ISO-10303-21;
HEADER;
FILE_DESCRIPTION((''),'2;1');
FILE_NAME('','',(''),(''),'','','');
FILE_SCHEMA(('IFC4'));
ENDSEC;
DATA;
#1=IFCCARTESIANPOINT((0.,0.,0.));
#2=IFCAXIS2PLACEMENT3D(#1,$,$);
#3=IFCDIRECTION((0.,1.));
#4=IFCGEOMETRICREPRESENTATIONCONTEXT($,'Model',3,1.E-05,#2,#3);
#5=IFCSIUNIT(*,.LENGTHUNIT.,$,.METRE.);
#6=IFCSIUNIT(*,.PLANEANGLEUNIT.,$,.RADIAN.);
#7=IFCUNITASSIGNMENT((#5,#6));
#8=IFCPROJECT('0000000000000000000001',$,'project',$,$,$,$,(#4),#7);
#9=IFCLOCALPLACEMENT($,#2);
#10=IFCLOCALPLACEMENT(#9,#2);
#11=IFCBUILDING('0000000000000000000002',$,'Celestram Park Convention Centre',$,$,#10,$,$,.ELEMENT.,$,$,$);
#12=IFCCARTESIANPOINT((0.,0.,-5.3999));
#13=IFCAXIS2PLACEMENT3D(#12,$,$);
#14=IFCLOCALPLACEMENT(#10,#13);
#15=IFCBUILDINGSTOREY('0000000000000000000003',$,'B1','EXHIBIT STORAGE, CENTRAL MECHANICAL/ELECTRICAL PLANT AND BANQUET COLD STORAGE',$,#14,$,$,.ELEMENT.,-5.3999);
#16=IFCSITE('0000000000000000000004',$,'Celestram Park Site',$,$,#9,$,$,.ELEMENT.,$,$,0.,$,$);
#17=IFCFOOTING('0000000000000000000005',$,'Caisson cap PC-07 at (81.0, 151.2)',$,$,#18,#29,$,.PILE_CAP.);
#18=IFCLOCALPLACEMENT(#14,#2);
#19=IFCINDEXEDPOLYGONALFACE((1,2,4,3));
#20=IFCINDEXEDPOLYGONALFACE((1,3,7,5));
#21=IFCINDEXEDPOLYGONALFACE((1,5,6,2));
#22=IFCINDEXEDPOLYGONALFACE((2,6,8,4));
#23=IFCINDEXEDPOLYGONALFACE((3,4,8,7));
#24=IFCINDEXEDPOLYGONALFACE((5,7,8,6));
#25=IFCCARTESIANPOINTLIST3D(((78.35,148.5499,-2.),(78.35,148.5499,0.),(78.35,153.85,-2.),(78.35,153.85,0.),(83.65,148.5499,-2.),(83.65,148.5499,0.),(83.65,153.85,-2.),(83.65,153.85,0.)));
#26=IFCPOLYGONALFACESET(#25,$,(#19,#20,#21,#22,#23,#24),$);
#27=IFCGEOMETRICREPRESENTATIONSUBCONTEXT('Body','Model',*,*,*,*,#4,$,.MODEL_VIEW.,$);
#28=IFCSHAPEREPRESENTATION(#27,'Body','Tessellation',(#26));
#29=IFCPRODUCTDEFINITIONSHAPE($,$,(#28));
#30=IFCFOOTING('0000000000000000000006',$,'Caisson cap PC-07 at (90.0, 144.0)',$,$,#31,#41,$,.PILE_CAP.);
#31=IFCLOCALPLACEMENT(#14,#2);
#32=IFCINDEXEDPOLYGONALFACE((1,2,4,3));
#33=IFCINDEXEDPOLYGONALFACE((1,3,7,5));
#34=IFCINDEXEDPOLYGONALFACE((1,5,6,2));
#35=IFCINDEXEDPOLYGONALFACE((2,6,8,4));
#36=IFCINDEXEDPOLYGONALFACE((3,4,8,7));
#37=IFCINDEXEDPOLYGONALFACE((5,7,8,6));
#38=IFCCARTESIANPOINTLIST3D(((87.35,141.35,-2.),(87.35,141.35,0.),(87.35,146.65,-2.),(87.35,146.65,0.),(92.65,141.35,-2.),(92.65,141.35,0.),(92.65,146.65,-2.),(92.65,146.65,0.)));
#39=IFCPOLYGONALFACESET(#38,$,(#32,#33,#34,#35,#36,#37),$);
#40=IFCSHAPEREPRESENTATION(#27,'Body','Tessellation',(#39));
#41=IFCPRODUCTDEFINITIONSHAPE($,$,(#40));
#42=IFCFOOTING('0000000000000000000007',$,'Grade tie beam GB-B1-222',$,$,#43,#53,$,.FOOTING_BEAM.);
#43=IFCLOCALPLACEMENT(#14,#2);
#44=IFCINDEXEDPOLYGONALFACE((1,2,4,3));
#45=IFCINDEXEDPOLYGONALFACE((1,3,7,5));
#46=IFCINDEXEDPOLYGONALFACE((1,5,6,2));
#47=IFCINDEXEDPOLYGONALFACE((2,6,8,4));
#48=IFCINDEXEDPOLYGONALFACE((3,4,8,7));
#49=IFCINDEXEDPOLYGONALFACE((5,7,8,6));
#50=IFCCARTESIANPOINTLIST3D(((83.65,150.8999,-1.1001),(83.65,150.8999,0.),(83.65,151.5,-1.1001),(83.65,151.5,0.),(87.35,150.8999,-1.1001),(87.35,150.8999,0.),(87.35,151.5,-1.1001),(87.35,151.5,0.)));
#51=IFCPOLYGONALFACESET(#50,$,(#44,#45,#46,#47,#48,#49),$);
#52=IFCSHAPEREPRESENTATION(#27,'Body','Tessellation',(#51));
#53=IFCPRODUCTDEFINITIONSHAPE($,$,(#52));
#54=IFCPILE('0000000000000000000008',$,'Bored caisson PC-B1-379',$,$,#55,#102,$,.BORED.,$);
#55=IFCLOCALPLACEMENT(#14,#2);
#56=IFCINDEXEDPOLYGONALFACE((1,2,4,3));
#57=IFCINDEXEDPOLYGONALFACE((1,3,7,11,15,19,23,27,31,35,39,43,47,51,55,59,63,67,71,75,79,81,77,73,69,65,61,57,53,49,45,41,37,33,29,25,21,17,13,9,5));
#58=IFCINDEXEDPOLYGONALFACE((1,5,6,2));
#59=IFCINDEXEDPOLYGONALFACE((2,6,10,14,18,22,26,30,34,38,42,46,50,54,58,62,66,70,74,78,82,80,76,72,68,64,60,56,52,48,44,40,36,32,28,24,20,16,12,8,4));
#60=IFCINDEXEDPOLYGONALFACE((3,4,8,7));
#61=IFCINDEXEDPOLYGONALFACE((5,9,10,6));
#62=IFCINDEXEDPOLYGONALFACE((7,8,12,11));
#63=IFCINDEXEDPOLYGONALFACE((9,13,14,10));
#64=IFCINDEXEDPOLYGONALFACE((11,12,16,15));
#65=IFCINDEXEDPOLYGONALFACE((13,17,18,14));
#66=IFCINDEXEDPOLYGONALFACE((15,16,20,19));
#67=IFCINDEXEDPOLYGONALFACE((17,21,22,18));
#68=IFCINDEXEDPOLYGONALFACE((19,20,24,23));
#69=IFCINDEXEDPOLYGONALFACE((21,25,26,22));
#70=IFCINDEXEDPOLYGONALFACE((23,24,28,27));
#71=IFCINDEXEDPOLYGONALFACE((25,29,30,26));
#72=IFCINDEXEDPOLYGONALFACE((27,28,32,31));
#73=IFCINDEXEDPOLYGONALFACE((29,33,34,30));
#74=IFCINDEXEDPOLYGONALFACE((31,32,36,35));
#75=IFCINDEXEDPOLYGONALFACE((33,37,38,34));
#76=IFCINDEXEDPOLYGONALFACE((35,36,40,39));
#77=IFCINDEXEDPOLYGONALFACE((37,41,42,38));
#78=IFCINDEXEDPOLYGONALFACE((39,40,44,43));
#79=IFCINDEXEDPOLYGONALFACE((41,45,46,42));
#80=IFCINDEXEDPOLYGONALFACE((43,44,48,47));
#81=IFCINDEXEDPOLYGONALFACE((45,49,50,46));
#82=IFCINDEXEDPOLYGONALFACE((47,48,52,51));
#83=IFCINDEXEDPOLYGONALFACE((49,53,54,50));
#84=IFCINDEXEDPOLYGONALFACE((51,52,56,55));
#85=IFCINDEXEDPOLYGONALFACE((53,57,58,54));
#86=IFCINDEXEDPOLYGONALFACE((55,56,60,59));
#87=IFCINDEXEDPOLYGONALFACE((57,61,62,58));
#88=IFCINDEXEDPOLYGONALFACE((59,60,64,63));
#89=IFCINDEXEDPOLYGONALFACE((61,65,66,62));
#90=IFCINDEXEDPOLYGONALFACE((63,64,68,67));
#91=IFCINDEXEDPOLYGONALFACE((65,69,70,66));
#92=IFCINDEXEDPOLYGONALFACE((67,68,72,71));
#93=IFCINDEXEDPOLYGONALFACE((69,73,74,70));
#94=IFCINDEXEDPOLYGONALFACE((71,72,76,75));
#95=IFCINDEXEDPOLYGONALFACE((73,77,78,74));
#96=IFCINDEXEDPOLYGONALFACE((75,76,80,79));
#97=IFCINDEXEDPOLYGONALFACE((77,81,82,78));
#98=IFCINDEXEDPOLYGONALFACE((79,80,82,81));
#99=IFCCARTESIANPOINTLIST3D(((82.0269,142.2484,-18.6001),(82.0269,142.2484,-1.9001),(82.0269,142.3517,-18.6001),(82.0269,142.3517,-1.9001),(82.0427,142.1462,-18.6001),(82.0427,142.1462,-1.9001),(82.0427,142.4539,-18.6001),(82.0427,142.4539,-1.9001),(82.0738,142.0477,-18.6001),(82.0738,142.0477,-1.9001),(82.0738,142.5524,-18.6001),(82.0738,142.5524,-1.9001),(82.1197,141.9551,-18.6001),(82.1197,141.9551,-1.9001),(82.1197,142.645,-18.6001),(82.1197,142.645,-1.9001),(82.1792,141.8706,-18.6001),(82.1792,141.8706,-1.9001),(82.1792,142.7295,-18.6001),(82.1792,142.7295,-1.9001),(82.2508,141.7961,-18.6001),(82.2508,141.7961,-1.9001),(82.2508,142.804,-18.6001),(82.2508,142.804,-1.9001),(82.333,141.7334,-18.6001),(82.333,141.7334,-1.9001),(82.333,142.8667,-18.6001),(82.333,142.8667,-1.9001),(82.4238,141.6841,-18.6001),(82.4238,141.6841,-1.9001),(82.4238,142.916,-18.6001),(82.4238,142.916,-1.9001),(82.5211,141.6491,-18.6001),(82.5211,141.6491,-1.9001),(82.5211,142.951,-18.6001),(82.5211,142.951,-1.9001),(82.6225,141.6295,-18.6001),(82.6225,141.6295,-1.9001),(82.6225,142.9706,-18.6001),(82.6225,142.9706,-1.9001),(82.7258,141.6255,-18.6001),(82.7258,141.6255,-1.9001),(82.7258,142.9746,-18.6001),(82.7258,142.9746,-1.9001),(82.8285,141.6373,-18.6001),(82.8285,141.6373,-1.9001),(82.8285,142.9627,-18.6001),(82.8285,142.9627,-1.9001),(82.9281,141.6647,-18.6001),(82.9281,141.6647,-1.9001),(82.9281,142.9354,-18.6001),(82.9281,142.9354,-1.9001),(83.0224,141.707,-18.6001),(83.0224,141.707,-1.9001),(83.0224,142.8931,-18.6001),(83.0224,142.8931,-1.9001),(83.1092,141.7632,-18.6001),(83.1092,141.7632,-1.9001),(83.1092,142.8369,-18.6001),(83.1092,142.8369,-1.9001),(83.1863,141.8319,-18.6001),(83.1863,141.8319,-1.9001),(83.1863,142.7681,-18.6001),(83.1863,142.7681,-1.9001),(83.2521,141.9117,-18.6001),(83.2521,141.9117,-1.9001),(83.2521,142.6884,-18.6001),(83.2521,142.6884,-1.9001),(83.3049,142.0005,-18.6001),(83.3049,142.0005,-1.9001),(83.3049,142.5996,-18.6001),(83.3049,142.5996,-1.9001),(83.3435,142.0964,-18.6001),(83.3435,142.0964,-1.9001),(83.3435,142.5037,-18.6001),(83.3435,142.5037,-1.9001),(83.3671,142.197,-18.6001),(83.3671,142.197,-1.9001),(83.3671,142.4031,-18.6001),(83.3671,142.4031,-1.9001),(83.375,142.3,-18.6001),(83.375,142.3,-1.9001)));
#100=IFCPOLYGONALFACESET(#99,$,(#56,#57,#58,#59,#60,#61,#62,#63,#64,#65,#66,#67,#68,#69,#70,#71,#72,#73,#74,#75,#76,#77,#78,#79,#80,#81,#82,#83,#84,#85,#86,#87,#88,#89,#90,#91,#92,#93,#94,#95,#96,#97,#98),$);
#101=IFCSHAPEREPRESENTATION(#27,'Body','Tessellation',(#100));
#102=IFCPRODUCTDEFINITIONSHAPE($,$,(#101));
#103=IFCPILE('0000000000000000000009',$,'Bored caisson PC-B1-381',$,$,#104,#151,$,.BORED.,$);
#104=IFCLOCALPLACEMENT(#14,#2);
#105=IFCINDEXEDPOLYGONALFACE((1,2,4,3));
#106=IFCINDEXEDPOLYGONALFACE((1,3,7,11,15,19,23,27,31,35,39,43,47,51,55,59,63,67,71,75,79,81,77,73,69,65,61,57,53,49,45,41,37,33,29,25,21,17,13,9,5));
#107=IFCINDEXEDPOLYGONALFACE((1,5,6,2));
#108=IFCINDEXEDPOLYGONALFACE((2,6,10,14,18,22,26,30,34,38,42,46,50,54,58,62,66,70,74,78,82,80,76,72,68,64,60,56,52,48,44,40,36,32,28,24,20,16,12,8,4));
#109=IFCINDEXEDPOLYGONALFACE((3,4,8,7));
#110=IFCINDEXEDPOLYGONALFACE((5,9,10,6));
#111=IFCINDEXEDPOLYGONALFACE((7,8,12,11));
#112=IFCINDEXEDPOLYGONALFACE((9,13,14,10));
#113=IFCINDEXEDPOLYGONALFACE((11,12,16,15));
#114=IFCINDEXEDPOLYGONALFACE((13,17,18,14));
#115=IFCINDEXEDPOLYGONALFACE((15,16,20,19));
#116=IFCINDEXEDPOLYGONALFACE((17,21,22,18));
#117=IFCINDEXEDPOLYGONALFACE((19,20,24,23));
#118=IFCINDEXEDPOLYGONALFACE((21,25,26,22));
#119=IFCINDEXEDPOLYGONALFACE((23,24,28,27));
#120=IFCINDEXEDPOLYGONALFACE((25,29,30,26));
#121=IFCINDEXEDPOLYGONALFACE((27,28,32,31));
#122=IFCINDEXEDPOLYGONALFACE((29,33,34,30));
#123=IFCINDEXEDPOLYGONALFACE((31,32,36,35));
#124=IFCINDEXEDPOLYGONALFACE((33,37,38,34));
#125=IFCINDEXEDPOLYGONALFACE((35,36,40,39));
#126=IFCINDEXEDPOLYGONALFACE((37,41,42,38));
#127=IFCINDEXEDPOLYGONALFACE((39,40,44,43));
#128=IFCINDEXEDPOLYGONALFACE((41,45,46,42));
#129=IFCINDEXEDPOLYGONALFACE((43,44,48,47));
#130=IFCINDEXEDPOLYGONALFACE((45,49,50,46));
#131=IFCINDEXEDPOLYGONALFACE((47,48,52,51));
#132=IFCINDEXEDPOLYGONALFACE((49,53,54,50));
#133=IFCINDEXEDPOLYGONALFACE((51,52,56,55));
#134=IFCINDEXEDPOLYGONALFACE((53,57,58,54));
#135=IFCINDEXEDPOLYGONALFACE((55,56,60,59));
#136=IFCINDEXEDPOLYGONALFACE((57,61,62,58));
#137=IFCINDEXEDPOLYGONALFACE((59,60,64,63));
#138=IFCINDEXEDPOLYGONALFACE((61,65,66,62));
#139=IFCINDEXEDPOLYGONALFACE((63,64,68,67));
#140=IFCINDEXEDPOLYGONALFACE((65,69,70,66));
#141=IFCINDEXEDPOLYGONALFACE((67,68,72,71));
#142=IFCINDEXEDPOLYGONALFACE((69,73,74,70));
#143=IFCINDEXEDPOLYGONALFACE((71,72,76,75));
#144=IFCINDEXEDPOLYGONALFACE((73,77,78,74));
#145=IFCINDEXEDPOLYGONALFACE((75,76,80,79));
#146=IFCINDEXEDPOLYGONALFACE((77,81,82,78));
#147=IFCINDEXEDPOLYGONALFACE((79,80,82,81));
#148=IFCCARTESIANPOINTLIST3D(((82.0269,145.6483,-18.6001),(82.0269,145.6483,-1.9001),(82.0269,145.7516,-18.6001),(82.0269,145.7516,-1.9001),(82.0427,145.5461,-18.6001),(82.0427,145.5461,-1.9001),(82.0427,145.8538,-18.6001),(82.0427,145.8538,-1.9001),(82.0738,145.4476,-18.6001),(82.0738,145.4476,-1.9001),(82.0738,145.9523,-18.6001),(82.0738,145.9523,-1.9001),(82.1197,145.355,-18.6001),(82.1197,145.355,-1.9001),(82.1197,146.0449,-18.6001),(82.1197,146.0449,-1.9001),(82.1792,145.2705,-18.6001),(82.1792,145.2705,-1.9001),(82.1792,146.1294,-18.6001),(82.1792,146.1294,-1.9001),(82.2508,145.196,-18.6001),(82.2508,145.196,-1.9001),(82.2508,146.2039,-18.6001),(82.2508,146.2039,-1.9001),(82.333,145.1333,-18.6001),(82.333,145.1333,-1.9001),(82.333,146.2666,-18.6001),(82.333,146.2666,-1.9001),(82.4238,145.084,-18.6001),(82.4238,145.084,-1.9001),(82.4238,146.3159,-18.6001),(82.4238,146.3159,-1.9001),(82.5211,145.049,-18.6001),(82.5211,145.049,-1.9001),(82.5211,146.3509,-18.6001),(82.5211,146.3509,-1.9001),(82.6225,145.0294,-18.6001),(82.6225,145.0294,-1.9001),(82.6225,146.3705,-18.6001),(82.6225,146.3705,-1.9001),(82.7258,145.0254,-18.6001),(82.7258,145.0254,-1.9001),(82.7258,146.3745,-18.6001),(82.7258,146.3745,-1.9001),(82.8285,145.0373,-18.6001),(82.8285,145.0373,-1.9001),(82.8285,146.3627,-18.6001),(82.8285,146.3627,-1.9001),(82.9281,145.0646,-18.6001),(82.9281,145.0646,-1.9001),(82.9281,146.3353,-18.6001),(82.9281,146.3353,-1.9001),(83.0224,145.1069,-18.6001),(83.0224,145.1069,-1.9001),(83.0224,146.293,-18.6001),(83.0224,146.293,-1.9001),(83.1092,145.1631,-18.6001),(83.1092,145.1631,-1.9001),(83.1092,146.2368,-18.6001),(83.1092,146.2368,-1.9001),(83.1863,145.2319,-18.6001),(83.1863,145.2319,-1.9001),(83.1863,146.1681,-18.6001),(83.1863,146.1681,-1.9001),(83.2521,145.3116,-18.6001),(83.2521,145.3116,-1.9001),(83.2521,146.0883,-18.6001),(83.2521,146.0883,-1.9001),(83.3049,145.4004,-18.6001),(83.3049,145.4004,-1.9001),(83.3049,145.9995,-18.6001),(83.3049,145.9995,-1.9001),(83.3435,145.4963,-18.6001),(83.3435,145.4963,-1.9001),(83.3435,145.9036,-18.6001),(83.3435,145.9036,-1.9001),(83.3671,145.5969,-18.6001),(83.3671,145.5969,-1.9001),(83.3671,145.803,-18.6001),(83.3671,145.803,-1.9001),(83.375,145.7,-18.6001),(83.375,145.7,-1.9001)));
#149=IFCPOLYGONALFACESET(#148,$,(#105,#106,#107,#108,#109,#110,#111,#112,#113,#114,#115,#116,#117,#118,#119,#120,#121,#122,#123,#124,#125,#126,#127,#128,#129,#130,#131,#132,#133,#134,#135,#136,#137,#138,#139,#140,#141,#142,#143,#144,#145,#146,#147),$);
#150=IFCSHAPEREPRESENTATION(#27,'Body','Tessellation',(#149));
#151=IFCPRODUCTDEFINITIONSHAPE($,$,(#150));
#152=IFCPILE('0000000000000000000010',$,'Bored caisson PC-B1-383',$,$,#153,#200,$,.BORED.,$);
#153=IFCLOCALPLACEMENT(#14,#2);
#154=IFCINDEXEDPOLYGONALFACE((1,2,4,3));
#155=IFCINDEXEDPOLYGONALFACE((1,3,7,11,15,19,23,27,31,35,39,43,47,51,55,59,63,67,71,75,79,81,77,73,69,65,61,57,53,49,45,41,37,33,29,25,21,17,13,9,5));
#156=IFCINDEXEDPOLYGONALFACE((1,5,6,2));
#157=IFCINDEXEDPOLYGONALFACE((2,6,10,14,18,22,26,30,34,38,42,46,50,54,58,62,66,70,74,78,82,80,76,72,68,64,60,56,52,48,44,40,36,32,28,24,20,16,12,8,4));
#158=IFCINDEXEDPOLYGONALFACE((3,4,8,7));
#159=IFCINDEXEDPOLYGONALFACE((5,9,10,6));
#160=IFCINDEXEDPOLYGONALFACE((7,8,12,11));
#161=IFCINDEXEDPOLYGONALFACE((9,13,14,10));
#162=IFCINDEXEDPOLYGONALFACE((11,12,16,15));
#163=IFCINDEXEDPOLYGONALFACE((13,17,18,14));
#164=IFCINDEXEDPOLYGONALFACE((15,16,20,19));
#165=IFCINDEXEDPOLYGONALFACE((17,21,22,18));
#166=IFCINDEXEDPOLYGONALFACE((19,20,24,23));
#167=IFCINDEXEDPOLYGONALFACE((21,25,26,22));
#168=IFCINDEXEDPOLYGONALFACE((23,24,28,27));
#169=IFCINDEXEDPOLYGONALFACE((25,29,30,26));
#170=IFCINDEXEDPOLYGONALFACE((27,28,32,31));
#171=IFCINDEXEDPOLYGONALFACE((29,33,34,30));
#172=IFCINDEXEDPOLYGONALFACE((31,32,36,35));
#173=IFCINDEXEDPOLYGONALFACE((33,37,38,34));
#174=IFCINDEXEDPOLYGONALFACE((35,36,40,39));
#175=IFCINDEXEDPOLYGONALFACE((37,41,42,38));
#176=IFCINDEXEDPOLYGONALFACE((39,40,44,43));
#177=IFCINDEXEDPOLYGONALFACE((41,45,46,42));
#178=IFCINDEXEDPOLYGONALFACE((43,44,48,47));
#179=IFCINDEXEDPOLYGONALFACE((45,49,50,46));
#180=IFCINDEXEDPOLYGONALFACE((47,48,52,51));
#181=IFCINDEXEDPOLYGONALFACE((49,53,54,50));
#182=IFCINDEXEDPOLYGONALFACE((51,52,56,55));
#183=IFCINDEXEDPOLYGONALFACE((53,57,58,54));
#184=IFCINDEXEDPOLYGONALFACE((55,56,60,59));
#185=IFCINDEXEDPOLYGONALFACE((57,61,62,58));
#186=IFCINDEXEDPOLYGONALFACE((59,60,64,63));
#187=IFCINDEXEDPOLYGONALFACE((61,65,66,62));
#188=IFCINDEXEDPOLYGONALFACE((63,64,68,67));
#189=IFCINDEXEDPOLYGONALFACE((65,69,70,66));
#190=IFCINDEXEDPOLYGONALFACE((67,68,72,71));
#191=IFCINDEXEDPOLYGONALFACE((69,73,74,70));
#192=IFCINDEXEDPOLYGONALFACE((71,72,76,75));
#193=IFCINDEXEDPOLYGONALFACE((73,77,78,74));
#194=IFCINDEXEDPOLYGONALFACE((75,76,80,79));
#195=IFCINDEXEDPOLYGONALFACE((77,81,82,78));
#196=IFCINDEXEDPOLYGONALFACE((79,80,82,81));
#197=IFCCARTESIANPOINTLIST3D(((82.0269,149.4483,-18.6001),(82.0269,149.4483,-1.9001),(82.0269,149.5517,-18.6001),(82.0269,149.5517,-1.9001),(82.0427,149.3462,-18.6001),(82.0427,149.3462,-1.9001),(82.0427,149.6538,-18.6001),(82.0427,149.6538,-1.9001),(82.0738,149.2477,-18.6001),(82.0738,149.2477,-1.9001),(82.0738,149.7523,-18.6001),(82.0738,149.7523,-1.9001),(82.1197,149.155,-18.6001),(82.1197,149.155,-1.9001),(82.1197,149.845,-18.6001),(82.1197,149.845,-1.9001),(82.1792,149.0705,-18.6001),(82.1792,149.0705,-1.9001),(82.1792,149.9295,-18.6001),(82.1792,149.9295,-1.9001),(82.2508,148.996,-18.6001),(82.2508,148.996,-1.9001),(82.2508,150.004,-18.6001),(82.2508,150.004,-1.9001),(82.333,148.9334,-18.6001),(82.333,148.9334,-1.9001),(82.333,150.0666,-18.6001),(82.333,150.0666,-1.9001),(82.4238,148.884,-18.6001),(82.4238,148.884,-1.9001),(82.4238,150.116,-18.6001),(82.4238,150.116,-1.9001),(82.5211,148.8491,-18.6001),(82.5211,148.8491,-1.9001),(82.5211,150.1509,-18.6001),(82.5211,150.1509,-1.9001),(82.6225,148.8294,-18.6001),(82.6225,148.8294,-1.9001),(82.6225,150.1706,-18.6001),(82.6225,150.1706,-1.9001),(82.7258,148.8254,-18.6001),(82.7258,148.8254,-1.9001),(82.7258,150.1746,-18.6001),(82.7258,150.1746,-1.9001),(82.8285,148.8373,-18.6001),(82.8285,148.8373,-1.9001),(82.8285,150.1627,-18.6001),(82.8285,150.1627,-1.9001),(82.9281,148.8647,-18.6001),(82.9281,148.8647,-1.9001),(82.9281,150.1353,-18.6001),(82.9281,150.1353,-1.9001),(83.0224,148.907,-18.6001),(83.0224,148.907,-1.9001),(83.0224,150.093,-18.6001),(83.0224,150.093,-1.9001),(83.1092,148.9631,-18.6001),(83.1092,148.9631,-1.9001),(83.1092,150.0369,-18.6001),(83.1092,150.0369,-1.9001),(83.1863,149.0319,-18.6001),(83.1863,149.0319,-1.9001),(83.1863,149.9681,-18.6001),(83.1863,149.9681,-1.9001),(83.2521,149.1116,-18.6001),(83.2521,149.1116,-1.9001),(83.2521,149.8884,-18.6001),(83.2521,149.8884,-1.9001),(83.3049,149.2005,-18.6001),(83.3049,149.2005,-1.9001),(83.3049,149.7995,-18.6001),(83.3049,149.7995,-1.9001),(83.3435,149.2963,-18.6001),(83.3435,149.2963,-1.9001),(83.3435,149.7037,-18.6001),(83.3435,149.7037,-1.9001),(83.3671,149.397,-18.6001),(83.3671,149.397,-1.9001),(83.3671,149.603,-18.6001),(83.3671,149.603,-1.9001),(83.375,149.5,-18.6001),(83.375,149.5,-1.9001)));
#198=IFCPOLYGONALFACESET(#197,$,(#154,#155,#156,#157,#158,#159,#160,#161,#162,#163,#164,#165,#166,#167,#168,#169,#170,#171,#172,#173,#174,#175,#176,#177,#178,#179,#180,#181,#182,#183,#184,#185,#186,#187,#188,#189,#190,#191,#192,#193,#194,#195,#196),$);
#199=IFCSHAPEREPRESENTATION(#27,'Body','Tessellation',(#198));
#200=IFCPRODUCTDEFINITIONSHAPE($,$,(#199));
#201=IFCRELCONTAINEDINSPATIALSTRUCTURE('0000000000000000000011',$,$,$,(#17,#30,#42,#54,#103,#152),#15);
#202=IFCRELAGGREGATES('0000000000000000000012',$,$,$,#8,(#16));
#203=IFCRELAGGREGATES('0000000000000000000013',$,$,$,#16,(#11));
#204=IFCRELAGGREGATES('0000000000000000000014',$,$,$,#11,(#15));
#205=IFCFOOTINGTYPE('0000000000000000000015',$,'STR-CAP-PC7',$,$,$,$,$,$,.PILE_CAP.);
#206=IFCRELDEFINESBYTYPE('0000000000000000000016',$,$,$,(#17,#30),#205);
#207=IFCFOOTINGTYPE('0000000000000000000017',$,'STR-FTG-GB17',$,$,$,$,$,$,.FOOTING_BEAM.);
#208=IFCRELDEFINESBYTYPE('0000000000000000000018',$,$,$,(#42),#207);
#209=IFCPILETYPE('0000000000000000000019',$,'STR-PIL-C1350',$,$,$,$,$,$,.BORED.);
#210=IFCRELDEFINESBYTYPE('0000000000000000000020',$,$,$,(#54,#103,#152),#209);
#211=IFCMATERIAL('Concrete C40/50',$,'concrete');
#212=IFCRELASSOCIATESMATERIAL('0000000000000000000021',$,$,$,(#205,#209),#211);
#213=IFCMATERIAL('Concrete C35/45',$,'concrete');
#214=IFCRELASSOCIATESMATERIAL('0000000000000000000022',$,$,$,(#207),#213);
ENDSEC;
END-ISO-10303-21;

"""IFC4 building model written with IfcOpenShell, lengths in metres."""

from ifc_helpers import new_model, si_unit, direction, frame, origin, origin_2d, place, context, subcontext, project, spatial, rectangle, circle, extrude, material, material_profile, profile_set, type_object, element, save


model = new_model("IFC4")

# Units and contexts
model_context = context("Model", 3, precision=1e-05, world=origin(), true_north=direction((0.0, 1.0)))
body_context = subcontext(model_context, "Body", "Model", "MODEL_VIEW")
ifc_project = project(units=[si_unit("LENGTHUNIT", "METRE"), si_unit("PLANEANGLEUNIT", "RADIAN")], contexts=[model_context])

# Site, building, storey
site_placement = place(None, origin())
site = spatial("IfcSite", under=ifc_project, at=site_placement, Name="Celestram Park Site", CompositionType="ELEMENT", RefElevation=0.0)
building_placement = place(site_placement, origin())
building = spatial("IfcBuilding", under=site, at=building_placement, Name="Celestram Park Convention Centre", CompositionType="ELEMENT")
storey_placement = place(building_placement, frame((0.0, 0.0, -5.3999)))
storey = spatial("IfcBuildingStorey", under=building, at=storey_placement, Name="B1", Description="EXHIBIT STORAGE, CENTRAL MECHANICAL/ELECTRICAL PLANT AND BANQUET COLD STORAGE", CompositionType="ELEMENT", Elevation=-5.3999)

# Footings
ifc_material_1 = material(Name="Concrete C40/50", Category="concrete")
footing_type_1 = type_object("IfcFootingType", Name="STR-CAP-PC7", PredefinedType="PILE_CAP", material=ifc_material_1)
for number, where, z_axis, x_axis, name in (
    (1, (81.0, 151.2, -2.0), (0.0, 0.0, 1.0), (1.0, 0.0, 0.0), "Caisson cap PC-07 at (81.0, 151.2)"),
    (2, (90.0, 144.0, -2.0), (0.0, 0.0, 1.0), (1.0, 0.0, 0.0), "Caisson cap PC-07 at (90.0, 144.0)"),
):
    element("IfcFooting", number, at=place(storey_placement, frame(where, z_axis=z_axis, x_axis=x_axis)), inside=storey, type_object=footing_type_1, Name=name, PredefinedType="PILE_CAP", context=body_context, shape_type="SweptSolid", body=[
        extrude(rectangle(XDim=5.3, YDim=5.3, at=origin_2d()), origin(), (0.0, 0.0, 1.0), 2.0),
    ])
ifc_material_2 = material(Name="Concrete C35/45", Category="concrete")
footing_type_2 = type_object("IfcFootingType", Name="STR-FTG-GB17", PredefinedType="FOOTING_BEAM", material=ifc_material_2)
footing_placement = place(storey_placement, frame((85.5, 151.2, -1.1001), z_axis=(0.0, 0.0, 1.0), x_axis=(1.0, 0.0, 0.0)))
element("IfcFooting", 3, at=footing_placement, inside=storey, type_object=footing_type_2, Name="Grade tie beam GB-B1-222", PredefinedType="FOOTING_BEAM", context=body_context, shape_type="SweptSolid", body=[
    extrude(rectangle(XDim=3.7, YDim=0.6001, at=origin_2d()), origin(), (0.0, 0.0, 1.0), 1.1001),
])

# Piles
ifc_material_profile_1 = material_profile(ifc_material_1, circle(Radius=0.675, at=origin_2d()), Name="CAISSON1350")
ifc_profile_set_1 = profile_set([ifc_material_profile_1], Name="Concrete C40/50")
pile_type = type_object("IfcPileType", Name="STR-PIL-C1350", PredefinedType="BORED", material=ifc_profile_set_1)
for number, where, z_axis, x_axis, name in (
    (4, (82.7, 142.3, -1.9001), (0.0, 0.0, -1.0), (1.0, 0.0, 0.0), "Bored caisson PC-B1-379"),
    (5, (82.7, 145.7, -1.9001), (0.0, 0.0, -1.0), (1.0, 0.0, 0.0), "Bored caisson PC-B1-381"),
    (6, (82.7, 149.5, -1.9001), (0.0, 0.0, -1.0), (1.0, 0.0, 0.0), "Bored caisson PC-B1-383"),
):
    element("IfcPile", number, at=place(storey_placement, frame(where, z_axis=z_axis, x_axis=x_axis)), inside=storey, type_object=pile_type, Name=name, PredefinedType="BORED", context=body_context, shape_type="SweptSolid", body=[
        extrude(circle(Radius=0.675, at=origin_2d()), origin(), (0.0, 0.0, 1.0), 16.7),
    ])

save(model, "model.ifc")
